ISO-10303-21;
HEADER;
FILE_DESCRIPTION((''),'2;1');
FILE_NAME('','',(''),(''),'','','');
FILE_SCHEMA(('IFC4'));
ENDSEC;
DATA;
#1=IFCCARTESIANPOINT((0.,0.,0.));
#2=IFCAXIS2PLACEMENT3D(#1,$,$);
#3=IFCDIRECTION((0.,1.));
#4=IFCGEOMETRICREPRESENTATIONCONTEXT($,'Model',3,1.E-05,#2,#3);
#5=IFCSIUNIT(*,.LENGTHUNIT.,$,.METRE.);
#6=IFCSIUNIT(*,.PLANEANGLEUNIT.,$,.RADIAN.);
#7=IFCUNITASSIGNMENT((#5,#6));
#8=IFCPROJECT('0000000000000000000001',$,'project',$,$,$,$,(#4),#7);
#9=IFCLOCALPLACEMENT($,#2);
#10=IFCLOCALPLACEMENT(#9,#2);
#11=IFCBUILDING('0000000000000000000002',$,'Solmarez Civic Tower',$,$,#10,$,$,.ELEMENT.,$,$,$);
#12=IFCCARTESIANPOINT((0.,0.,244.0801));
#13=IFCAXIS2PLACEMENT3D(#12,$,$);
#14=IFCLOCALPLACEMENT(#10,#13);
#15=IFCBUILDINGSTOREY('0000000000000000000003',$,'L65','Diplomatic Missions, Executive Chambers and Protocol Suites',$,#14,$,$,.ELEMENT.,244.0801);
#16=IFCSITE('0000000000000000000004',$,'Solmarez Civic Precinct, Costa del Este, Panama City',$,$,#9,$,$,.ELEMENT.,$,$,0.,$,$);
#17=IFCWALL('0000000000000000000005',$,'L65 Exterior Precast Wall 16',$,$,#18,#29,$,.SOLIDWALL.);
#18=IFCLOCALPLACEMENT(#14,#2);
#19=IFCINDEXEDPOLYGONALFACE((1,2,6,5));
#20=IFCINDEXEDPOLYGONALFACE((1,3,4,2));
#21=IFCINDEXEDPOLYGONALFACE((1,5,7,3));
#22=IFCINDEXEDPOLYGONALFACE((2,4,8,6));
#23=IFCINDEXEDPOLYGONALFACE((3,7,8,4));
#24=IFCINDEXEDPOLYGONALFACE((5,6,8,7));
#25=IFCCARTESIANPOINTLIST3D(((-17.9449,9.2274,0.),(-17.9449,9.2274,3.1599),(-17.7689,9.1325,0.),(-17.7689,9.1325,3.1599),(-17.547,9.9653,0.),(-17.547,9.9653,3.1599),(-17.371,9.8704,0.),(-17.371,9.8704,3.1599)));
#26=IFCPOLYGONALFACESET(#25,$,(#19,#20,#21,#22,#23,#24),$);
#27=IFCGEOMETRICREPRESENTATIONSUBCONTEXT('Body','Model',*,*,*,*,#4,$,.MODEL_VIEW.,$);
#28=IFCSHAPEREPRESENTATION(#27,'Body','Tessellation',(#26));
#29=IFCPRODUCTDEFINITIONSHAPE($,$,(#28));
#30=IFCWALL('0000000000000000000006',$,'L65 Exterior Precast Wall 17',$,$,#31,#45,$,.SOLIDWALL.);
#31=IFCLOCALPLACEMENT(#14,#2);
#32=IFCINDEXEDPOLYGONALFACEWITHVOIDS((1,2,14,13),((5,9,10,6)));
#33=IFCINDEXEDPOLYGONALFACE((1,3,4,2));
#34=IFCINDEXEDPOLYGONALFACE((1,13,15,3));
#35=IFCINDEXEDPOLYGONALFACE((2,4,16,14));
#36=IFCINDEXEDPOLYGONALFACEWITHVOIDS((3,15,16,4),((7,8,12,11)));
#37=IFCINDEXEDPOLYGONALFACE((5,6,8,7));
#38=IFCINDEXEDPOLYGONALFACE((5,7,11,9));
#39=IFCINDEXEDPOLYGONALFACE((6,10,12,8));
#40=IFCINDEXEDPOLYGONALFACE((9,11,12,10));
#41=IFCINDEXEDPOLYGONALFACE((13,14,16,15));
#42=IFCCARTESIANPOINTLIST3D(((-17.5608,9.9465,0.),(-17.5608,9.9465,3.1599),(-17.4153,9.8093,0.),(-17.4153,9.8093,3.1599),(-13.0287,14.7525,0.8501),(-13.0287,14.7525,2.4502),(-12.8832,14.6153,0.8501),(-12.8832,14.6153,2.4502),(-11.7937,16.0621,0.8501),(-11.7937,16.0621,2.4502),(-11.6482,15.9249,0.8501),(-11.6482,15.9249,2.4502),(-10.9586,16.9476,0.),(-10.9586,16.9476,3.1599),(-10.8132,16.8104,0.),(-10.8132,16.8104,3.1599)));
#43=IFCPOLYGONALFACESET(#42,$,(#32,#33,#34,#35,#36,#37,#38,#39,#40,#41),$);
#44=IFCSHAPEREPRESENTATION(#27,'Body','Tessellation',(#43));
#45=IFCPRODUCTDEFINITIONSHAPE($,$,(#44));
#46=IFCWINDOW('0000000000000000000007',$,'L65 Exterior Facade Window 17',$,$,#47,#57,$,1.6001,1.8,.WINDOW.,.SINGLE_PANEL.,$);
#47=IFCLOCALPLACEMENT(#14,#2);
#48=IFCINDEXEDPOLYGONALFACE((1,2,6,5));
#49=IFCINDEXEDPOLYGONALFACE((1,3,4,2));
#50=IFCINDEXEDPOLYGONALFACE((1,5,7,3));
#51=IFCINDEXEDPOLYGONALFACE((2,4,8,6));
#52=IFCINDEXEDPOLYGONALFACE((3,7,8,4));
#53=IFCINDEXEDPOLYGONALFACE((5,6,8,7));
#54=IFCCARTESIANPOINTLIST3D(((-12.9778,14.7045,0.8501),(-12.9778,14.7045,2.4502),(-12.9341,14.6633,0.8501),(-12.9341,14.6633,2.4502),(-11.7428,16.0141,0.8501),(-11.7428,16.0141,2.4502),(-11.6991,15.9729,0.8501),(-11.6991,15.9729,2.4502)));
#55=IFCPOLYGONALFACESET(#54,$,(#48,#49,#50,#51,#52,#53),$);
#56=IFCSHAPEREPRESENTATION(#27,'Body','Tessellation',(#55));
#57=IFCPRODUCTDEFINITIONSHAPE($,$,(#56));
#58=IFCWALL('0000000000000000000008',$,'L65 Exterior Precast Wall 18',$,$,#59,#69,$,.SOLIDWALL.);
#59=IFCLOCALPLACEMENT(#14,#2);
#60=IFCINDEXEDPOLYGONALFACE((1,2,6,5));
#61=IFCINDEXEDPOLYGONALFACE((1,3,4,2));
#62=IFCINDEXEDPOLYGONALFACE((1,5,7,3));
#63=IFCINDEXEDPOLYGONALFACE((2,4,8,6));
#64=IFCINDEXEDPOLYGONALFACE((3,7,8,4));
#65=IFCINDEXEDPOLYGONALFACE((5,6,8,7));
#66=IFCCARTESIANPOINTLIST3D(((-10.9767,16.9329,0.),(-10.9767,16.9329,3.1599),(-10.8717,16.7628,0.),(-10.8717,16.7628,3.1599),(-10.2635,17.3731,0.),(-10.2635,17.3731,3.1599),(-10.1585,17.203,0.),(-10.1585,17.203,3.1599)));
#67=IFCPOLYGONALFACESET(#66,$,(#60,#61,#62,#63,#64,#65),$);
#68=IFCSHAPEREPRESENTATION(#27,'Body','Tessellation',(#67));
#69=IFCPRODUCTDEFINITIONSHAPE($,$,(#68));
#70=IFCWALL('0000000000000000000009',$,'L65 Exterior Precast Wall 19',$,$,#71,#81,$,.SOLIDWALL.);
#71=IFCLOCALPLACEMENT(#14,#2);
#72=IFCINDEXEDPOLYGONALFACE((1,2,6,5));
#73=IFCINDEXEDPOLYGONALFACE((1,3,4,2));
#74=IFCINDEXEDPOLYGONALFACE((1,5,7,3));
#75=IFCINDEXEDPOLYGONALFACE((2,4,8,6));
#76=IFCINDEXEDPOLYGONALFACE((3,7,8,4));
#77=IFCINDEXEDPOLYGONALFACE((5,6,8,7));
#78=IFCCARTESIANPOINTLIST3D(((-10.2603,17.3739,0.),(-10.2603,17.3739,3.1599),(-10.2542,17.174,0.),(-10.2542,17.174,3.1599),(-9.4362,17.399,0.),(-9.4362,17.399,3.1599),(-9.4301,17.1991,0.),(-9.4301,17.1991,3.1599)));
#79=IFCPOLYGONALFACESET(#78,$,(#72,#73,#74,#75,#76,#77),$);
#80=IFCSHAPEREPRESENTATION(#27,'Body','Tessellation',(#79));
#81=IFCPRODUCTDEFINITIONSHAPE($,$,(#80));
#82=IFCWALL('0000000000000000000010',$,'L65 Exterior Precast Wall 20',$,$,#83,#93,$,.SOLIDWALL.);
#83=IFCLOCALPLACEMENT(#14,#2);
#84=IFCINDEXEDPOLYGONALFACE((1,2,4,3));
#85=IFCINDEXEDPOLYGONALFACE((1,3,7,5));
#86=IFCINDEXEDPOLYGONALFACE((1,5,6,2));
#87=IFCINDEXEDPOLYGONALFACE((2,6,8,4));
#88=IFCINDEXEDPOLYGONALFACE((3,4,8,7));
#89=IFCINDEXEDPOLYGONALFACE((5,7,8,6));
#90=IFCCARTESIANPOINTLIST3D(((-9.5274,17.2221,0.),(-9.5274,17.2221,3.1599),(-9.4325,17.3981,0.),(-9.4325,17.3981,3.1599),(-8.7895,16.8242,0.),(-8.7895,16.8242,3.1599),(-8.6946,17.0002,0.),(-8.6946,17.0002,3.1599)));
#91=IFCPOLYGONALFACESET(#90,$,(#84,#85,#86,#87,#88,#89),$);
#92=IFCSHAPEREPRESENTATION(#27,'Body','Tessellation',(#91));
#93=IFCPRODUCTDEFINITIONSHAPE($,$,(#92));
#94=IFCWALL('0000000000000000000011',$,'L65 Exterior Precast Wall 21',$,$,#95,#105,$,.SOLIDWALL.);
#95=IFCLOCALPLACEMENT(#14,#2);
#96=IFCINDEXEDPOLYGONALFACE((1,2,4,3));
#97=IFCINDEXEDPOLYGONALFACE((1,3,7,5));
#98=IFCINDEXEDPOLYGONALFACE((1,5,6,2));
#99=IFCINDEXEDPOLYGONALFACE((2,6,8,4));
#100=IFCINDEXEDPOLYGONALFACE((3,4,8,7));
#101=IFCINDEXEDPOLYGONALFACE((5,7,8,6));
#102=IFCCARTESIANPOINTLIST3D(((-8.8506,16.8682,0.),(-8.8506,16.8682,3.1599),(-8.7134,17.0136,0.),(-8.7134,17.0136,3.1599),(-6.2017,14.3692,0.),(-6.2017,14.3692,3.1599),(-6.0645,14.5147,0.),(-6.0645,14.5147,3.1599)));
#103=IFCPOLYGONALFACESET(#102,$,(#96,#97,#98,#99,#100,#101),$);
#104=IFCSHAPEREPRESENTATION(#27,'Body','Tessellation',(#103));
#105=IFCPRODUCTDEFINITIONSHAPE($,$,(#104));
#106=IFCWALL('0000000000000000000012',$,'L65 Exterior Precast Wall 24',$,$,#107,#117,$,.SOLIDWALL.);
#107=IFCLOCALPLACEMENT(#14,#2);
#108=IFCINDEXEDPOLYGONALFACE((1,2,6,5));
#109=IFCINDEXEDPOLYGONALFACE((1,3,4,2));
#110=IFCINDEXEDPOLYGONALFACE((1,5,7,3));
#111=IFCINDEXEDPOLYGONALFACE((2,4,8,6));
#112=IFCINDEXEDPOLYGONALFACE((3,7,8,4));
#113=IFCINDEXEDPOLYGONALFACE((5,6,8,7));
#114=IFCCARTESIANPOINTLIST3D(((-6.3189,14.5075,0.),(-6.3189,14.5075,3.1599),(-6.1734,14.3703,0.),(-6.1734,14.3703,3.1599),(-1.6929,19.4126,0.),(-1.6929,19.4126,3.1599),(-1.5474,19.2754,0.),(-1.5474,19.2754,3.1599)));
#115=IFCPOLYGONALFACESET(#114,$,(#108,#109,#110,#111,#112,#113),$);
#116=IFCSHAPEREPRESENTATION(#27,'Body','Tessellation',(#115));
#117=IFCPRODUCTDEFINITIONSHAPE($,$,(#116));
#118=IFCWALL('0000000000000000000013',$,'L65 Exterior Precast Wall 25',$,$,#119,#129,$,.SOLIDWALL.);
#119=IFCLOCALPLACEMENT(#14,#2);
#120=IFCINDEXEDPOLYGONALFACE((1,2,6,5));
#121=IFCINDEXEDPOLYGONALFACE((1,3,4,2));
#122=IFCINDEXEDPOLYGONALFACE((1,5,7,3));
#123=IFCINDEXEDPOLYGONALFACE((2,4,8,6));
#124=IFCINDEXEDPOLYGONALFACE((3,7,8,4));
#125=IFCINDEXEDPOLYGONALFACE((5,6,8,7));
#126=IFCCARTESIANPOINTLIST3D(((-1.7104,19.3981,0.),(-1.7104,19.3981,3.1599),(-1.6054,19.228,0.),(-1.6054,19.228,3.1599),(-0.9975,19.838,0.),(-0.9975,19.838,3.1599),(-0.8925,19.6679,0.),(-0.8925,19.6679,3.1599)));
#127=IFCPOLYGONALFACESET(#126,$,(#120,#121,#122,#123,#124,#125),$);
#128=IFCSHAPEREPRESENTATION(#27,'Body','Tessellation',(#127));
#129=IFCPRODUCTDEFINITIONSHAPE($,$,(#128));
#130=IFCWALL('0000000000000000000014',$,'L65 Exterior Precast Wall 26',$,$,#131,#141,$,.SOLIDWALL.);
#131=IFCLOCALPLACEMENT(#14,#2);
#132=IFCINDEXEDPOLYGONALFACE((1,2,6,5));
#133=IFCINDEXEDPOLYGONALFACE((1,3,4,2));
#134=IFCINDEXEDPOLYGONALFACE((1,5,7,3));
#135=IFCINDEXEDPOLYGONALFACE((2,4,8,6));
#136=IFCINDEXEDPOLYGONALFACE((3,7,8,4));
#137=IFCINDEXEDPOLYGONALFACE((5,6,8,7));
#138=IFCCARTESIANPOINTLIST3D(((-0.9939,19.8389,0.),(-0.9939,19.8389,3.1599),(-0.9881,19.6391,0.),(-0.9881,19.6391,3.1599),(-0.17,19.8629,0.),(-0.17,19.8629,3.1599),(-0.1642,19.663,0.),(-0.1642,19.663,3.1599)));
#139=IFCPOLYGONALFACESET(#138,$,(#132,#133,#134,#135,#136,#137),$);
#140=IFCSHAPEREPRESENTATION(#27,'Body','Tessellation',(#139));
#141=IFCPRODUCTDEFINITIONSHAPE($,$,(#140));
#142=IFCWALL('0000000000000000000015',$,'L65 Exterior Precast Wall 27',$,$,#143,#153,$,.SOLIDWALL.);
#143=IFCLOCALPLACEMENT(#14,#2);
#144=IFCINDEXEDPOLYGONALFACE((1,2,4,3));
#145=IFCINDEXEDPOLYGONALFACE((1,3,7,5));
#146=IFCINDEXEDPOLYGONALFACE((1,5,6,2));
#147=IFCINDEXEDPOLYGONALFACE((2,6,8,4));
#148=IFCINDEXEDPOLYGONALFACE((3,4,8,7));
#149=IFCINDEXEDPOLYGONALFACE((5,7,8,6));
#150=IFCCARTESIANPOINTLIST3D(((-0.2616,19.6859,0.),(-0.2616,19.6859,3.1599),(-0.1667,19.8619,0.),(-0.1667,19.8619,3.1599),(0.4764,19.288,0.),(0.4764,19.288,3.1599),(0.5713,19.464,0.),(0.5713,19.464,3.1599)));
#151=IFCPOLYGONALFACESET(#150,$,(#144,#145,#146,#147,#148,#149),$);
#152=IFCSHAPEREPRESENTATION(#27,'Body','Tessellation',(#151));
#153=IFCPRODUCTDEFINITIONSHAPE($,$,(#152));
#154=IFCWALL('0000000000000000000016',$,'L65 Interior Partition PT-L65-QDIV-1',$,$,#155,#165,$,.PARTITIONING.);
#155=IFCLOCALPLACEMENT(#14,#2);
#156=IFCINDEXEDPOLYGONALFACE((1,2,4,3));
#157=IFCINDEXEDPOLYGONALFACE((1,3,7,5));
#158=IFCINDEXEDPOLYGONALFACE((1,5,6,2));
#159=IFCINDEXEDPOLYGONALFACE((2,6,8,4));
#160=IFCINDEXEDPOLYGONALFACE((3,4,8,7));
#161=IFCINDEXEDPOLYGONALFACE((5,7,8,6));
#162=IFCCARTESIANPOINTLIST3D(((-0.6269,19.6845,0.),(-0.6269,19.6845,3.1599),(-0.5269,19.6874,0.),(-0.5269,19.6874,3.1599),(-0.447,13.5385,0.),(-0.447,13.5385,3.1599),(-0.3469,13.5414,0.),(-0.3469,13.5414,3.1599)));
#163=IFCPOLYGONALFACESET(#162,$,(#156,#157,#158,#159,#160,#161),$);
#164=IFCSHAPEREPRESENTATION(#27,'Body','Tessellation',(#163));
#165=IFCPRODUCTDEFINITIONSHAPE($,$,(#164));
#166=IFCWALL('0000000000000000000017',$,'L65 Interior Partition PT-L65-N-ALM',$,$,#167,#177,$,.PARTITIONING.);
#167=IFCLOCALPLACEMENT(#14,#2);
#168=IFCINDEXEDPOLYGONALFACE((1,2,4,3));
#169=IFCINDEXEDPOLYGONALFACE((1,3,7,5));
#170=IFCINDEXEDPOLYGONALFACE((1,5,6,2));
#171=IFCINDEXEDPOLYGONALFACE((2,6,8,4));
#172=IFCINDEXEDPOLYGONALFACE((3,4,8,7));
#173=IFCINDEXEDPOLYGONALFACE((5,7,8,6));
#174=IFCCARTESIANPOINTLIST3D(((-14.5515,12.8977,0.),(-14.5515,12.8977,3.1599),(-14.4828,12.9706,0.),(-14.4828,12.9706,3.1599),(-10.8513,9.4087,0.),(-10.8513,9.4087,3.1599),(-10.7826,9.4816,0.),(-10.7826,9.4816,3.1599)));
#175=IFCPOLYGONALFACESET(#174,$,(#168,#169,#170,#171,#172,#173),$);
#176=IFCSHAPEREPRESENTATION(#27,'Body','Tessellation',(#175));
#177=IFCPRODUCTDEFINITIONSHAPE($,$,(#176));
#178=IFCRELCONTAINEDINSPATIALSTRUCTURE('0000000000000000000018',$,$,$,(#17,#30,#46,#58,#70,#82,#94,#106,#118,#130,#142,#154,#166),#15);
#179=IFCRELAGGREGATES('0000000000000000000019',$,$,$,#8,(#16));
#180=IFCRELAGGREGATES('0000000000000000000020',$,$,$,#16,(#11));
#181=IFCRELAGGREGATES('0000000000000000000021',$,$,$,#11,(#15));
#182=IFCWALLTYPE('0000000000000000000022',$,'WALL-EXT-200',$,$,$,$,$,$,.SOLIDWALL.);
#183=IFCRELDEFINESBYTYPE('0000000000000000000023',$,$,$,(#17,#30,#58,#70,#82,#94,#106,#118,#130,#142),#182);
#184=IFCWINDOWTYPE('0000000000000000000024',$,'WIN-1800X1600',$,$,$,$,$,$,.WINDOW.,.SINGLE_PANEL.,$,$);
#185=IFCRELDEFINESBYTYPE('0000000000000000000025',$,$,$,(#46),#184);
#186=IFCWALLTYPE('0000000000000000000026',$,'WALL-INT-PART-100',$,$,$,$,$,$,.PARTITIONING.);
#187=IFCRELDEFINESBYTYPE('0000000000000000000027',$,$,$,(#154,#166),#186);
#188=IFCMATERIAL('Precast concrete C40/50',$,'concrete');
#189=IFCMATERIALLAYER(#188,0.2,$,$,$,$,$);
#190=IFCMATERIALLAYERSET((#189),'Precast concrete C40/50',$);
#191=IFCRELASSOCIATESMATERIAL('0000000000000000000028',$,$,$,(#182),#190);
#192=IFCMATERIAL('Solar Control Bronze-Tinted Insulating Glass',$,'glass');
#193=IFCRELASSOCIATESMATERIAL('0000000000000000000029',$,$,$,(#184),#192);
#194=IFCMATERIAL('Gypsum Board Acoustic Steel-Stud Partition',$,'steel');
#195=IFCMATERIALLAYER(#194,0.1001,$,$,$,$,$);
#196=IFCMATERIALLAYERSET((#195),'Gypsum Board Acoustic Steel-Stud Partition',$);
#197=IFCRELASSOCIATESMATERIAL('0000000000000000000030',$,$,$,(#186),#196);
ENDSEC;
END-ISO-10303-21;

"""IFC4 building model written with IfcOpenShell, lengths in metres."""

from ifc_helpers import new_model, si_unit, direction, frame, frame_2d, origin, place, context, subcontext, project, spatial, rectangle, extrude, material, layer, layer_set, type_object, element, fill, save


model = new_model("IFC4")

# Units and contexts
model_context = context("Model", 3, precision=1e-05, world=origin(), true_north=direction((0.0, 1.0)))
body_context = subcontext(model_context, "Body", "Model", "MODEL_VIEW")
ifc_project = project(units=[si_unit("LENGTHUNIT", "METRE"), si_unit("PLANEANGLEUNIT", "RADIAN")], contexts=[model_context])

# Site, building, storey
site_placement = place(None, origin())
site = spatial("IfcSite", under=ifc_project, at=site_placement, Name="Solmarez Civic Precinct, Costa del Este, Panama City", CompositionType="ELEMENT", RefElevation=0.0)
building_placement = place(site_placement, origin())
building = spatial("IfcBuilding", under=site, at=building_placement, Name="Solmarez Civic Tower", CompositionType="ELEMENT")
storey_placement = place(building_placement, frame((0.0, 0.0, 244.0801)))
storey = spatial("IfcBuildingStorey", under=building, at=storey_placement, Name="L65", Description="Diplomatic Missions, Executive Chambers and Protocol Suites", CompositionType="ELEMENT", Elevation=244.0801)

# Wall
ifc_material_1 = material(Name="Precast concrete C40/50", Category="concrete")
ifc_layer_1 = layer(ifc_material_1, 0.2)
ifc_layer_set_1 = layer_set([ifc_layer_1], Name="Precast concrete C40/50")
wall_type_1 = type_object("IfcWallType", Name="WALL-EXT-200", PredefinedType="SOLIDWALL", material=ifc_layer_set_1)
wall_1_placement = place(storey_placement, frame((-17.8569, 9.1799, 0.0), z_axis=(0.0, 0.0, 1.0), x_axis=(0.474603, 0.8802, 0.0)))
element("IfcWall", 1, at=wall_1_placement, inside=storey, type_object=wall_type_1, Name="L65 Exterior Precast Wall 16", PredefinedType="SOLIDWALL", context=body_context, shape_type="SweptSolid", body=[
    extrude(rectangle(XDim=0.8384, YDim=0.2, at=frame_2d((0.4192, 0.0))), origin(), (0.0, 0.0, 1.0), 3.1599),
])

# Wall, opening, window
wall_2_placement = place(storey_placement, frame((-17.488, 9.8779, 0.0), z_axis=(0.0, 0.0, 1.0), x_axis=(0.686075, 0.727531, 0.0)))
wall_2 = element("IfcWall", 2, at=wall_2_placement, inside=storey, type_object=wall_type_1, Name="L65 Exterior Precast Wall 17", PredefinedType="SOLIDWALL", context=body_context, shape_type="SweptSolid", body=[
    extrude(rectangle(XDim=9.623, YDim=0.2, at=frame_2d((4.8115, 0.0))), origin(), (0.0, 0.0, 1.0), 3.1599),
])
opening_placement = place(wall_2_placement, frame((6.606, 0.0, 0.8501)))
opening = element("IfcOpeningElement", 3, at=opening_placement, cuts=wall_2, PredefinedType="OPENING", context=body_context, shape_type="SweptSolid", body=[
    extrude(rectangle(XDim=1.8, YDim=1.6001, at=frame_2d((0.8999, 0.8))), frame((0.0, 0.1099, 0.0), z_axis=(0.0, -1.0, 0.0), x_axis=(1.0, 0.0, 0.0)), (0.0, 0.0, 1.0), 0.22),
])
ifc_material_2 = material(Name="Solar Control Bronze-Tinted Insulating Glass", Category="glass")
window_type = type_object("IfcWindowType", Name="WIN-1800X1600", PartitioningType="SINGLE_PANEL", PredefinedType="WINDOW", material=ifc_material_2)
window_placement = place(opening_placement, origin())
window = element("IfcWindow", 4, at=window_placement, inside=storey, type_object=window_type, Name="L65 Exterior Facade Window 17", OverallHeight=1.6001, OverallWidth=1.8, PartitioningType="SINGLE_PANEL", PredefinedType="WINDOW", context=body_context, shape_type="SweptSolid", body=[
    extrude(rectangle(XDim=1.8, YDim=1.6001, at=frame_2d((0.8999, 0.8))), frame((0.0, 0.03, 0.0), z_axis=(0.0, -1.0, 0.0), x_axis=(1.0, 0.0, 0.0)), (0.0, 0.0, 1.0), 0.0601),
])
fill(opening, window)

# Walls
wall_3_placement = place(storey_placement, frame((-10.9241, 16.8479, 0.0), z_axis=(0.0, 0.0, 1.0), x_axis=(0.850947, 0.525251, 0.0)))
element("IfcWall", 5, at=wall_3_placement, inside=storey, type_object=wall_type_1, Name="L65 Exterior Precast Wall 18", PredefinedType="SOLIDWALL", context=body_context, shape_type="SweptSolid", body=[
    extrude(rectangle(XDim=0.8381, YDim=0.2, at=frame_2d((0.4189, 0.0))), origin(), (0.0, 0.0, 1.0), 3.1599),
])
wall_4_placement = place(storey_placement, frame((-10.2571, 17.2739, 0.0), z_axis=(0.0, 0.0, 1.0), x_axis=(0.999535, 0.030504, 0.0)))
element("IfcWall", 6, at=wall_4_placement, inside=storey, type_object=wall_type_1, Name="L65 Exterior Precast Wall 19", PredefinedType="SOLIDWALL", context=body_context, shape_type="SweptSolid", body=[
    extrude(rectangle(XDim=0.8245, YDim=0.2, at=frame_2d((0.4121, 0.0))), origin(), (0.0, 0.0, 1.0), 3.1599),
])
wall_5_placement = place(storey_placement, frame((-9.48, 17.3101, 0.0), z_axis=(0.0, 0.0, 1.0), x_axis=(0.8802, -0.474603, 0.0)))
element("IfcWall", 7, at=wall_5_placement, inside=storey, type_object=wall_type_1, Name="L65 Exterior Precast Wall 20", PredefinedType="SOLIDWALL", context=body_context, shape_type="SweptSolid", body=[
    extrude(rectangle(XDim=0.8384, YDim=0.2, at=frame_2d((0.4192, 0.0))), origin(), (0.0, 0.0, 1.0), 3.1599),
])
wall_6_placement = place(storey_placement, frame((-8.782, 16.9409, 0.0), z_axis=(0.0, 0.0, 1.0), x_axis=(0.727389, -0.686226, 0.0)))
element("IfcWall", 8, at=wall_6_placement, inside=storey, type_object=wall_type_1, Name="L65 Exterior Precast Wall 21", PredefinedType="SOLIDWALL", context=body_context, shape_type="SweptSolid", body=[
    extrude(rectangle(XDim=3.6416, YDim=0.2, at=frame_2d((1.8208, 0.0))), origin(), (0.0, 0.0, 1.0), 3.1599),
])
wall_7_placement = place(storey_placement, frame((-6.2461, 14.439, 0.0), z_axis=(0.0, 0.0, 1.0), x_axis=(0.68611, 0.727498, 0.0)))
element("IfcWall", 9, at=wall_7_placement, inside=storey, type_object=wall_type_1, Name="L65 Exterior Precast Wall 24", PredefinedType="SOLIDWALL", context=body_context, shape_type="SweptSolid", body=[
    extrude(rectangle(XDim=6.7424, YDim=0.2, at=frame_2d((3.3711, 0.0))), origin(), (0.0, 0.0, 1.0), 3.1599),
])
wall_8_placement = place(storey_placement, frame((-1.658, 19.313, 0.0), z_axis=(0.0, 0.0, 1.0), x_axis=(0.850997, 0.52517, 0.0)))
element("IfcWall", 10, at=wall_8_placement, inside=storey, type_object=wall_type_1, Name="L65 Exterior Precast Wall 25", PredefinedType="SOLIDWALL", context=body_context, shape_type="SweptSolid", body=[
    extrude(rectangle(XDim=0.8376, YDim=0.2, at=frame_2d((0.4189, 0.0))), origin(), (0.0, 0.0, 1.0), 3.1599),
])
wall_9_placement = place(storey_placement, frame((-0.991, 19.739, 0.0), z_axis=(0.0, 0.0, 1.0), x_axis=(0.999579, 0.029025, 0.0)))
element("IfcWall", 11, at=wall_9_placement, inside=storey, type_object=wall_type_1, Name="L65 Exterior Precast Wall 26", PredefinedType="SOLIDWALL", context=body_context, shape_type="SweptSolid", body=[
    extrude(rectangle(XDim=0.8242, YDim=0.2, at=frame_2d((0.4121, 0.0))), origin(), (0.0, 0.0, 1.0), 3.1599),
])
wall_10_placement = place(storey_placement, frame((-0.2141, 19.7739, 0.0), z_axis=(0.0, 0.0, 1.0), x_axis=(0.8802, -0.474603, 0.0)))
element("IfcWall", 12, at=wall_10_placement, inside=storey, type_object=wall_type_1, Name="L65 Exterior Precast Wall 27", PredefinedType="SOLIDWALL", context=body_context, shape_type="SweptSolid", body=[
    extrude(rectangle(XDim=0.8384, YDim=0.2, at=frame_2d((0.4192, 0.0))), origin(), (0.0, 0.0, 1.0), 3.1599),
])
ifc_material_3 = material(Name="Gypsum Board Acoustic Steel-Stud Partition", Category="steel")
ifc_layer_2 = layer(ifc_material_3, 0.1001)
ifc_layer_set_2 = layer_set([ifc_layer_2], Name="Gypsum Board Acoustic Steel-Stud Partition")
wall_type_2 = type_object("IfcWallType", Name="WALL-INT-PART-100", PredefinedType="PARTITIONING", material=ifc_layer_set_2)
wall_11_placement = place(storey_placement, frame((-0.397, 13.54, 0.0), z_axis=(0.0, 0.0, 1.0), x_axis=(-0.029264, 0.999572, 0.0)))
element("IfcWall", 13, at=wall_11_placement, inside=storey, type_object=wall_type_2, Name="L65 Interior Partition PT-L65-QDIV-1", PredefinedType="PARTITIONING", context=body_context, shape_type="SweptSolid", body=[
    extrude(rectangle(XDim=6.1487, YDim=0.1001, at=frame_2d((3.0742, 0.0))), origin(), (0.0, 0.0, 1.0), 3.1599),
])
wall_12_placement = place(storey_placement, frame((-10.8169, 9.4451, 0.0), z_axis=(0.0, 0.0, 1.0), x_axis=(-0.727564, 0.68604, 0.0)))
element("IfcWall", 14, at=wall_12_placement, inside=storey, type_object=wall_type_2, Name="L65 Interior Partition PT-L65-N-ALM", PredefinedType="PARTITIONING", context=body_context, shape_type="SweptSolid", body=[
    extrude(rectangle(XDim=5.0857, YDim=0.1001, at=frame_2d((2.543, 0.0))), origin(), (0.0, 0.0, 1.0), 3.1599),
])

save(model, "model.ifc")
